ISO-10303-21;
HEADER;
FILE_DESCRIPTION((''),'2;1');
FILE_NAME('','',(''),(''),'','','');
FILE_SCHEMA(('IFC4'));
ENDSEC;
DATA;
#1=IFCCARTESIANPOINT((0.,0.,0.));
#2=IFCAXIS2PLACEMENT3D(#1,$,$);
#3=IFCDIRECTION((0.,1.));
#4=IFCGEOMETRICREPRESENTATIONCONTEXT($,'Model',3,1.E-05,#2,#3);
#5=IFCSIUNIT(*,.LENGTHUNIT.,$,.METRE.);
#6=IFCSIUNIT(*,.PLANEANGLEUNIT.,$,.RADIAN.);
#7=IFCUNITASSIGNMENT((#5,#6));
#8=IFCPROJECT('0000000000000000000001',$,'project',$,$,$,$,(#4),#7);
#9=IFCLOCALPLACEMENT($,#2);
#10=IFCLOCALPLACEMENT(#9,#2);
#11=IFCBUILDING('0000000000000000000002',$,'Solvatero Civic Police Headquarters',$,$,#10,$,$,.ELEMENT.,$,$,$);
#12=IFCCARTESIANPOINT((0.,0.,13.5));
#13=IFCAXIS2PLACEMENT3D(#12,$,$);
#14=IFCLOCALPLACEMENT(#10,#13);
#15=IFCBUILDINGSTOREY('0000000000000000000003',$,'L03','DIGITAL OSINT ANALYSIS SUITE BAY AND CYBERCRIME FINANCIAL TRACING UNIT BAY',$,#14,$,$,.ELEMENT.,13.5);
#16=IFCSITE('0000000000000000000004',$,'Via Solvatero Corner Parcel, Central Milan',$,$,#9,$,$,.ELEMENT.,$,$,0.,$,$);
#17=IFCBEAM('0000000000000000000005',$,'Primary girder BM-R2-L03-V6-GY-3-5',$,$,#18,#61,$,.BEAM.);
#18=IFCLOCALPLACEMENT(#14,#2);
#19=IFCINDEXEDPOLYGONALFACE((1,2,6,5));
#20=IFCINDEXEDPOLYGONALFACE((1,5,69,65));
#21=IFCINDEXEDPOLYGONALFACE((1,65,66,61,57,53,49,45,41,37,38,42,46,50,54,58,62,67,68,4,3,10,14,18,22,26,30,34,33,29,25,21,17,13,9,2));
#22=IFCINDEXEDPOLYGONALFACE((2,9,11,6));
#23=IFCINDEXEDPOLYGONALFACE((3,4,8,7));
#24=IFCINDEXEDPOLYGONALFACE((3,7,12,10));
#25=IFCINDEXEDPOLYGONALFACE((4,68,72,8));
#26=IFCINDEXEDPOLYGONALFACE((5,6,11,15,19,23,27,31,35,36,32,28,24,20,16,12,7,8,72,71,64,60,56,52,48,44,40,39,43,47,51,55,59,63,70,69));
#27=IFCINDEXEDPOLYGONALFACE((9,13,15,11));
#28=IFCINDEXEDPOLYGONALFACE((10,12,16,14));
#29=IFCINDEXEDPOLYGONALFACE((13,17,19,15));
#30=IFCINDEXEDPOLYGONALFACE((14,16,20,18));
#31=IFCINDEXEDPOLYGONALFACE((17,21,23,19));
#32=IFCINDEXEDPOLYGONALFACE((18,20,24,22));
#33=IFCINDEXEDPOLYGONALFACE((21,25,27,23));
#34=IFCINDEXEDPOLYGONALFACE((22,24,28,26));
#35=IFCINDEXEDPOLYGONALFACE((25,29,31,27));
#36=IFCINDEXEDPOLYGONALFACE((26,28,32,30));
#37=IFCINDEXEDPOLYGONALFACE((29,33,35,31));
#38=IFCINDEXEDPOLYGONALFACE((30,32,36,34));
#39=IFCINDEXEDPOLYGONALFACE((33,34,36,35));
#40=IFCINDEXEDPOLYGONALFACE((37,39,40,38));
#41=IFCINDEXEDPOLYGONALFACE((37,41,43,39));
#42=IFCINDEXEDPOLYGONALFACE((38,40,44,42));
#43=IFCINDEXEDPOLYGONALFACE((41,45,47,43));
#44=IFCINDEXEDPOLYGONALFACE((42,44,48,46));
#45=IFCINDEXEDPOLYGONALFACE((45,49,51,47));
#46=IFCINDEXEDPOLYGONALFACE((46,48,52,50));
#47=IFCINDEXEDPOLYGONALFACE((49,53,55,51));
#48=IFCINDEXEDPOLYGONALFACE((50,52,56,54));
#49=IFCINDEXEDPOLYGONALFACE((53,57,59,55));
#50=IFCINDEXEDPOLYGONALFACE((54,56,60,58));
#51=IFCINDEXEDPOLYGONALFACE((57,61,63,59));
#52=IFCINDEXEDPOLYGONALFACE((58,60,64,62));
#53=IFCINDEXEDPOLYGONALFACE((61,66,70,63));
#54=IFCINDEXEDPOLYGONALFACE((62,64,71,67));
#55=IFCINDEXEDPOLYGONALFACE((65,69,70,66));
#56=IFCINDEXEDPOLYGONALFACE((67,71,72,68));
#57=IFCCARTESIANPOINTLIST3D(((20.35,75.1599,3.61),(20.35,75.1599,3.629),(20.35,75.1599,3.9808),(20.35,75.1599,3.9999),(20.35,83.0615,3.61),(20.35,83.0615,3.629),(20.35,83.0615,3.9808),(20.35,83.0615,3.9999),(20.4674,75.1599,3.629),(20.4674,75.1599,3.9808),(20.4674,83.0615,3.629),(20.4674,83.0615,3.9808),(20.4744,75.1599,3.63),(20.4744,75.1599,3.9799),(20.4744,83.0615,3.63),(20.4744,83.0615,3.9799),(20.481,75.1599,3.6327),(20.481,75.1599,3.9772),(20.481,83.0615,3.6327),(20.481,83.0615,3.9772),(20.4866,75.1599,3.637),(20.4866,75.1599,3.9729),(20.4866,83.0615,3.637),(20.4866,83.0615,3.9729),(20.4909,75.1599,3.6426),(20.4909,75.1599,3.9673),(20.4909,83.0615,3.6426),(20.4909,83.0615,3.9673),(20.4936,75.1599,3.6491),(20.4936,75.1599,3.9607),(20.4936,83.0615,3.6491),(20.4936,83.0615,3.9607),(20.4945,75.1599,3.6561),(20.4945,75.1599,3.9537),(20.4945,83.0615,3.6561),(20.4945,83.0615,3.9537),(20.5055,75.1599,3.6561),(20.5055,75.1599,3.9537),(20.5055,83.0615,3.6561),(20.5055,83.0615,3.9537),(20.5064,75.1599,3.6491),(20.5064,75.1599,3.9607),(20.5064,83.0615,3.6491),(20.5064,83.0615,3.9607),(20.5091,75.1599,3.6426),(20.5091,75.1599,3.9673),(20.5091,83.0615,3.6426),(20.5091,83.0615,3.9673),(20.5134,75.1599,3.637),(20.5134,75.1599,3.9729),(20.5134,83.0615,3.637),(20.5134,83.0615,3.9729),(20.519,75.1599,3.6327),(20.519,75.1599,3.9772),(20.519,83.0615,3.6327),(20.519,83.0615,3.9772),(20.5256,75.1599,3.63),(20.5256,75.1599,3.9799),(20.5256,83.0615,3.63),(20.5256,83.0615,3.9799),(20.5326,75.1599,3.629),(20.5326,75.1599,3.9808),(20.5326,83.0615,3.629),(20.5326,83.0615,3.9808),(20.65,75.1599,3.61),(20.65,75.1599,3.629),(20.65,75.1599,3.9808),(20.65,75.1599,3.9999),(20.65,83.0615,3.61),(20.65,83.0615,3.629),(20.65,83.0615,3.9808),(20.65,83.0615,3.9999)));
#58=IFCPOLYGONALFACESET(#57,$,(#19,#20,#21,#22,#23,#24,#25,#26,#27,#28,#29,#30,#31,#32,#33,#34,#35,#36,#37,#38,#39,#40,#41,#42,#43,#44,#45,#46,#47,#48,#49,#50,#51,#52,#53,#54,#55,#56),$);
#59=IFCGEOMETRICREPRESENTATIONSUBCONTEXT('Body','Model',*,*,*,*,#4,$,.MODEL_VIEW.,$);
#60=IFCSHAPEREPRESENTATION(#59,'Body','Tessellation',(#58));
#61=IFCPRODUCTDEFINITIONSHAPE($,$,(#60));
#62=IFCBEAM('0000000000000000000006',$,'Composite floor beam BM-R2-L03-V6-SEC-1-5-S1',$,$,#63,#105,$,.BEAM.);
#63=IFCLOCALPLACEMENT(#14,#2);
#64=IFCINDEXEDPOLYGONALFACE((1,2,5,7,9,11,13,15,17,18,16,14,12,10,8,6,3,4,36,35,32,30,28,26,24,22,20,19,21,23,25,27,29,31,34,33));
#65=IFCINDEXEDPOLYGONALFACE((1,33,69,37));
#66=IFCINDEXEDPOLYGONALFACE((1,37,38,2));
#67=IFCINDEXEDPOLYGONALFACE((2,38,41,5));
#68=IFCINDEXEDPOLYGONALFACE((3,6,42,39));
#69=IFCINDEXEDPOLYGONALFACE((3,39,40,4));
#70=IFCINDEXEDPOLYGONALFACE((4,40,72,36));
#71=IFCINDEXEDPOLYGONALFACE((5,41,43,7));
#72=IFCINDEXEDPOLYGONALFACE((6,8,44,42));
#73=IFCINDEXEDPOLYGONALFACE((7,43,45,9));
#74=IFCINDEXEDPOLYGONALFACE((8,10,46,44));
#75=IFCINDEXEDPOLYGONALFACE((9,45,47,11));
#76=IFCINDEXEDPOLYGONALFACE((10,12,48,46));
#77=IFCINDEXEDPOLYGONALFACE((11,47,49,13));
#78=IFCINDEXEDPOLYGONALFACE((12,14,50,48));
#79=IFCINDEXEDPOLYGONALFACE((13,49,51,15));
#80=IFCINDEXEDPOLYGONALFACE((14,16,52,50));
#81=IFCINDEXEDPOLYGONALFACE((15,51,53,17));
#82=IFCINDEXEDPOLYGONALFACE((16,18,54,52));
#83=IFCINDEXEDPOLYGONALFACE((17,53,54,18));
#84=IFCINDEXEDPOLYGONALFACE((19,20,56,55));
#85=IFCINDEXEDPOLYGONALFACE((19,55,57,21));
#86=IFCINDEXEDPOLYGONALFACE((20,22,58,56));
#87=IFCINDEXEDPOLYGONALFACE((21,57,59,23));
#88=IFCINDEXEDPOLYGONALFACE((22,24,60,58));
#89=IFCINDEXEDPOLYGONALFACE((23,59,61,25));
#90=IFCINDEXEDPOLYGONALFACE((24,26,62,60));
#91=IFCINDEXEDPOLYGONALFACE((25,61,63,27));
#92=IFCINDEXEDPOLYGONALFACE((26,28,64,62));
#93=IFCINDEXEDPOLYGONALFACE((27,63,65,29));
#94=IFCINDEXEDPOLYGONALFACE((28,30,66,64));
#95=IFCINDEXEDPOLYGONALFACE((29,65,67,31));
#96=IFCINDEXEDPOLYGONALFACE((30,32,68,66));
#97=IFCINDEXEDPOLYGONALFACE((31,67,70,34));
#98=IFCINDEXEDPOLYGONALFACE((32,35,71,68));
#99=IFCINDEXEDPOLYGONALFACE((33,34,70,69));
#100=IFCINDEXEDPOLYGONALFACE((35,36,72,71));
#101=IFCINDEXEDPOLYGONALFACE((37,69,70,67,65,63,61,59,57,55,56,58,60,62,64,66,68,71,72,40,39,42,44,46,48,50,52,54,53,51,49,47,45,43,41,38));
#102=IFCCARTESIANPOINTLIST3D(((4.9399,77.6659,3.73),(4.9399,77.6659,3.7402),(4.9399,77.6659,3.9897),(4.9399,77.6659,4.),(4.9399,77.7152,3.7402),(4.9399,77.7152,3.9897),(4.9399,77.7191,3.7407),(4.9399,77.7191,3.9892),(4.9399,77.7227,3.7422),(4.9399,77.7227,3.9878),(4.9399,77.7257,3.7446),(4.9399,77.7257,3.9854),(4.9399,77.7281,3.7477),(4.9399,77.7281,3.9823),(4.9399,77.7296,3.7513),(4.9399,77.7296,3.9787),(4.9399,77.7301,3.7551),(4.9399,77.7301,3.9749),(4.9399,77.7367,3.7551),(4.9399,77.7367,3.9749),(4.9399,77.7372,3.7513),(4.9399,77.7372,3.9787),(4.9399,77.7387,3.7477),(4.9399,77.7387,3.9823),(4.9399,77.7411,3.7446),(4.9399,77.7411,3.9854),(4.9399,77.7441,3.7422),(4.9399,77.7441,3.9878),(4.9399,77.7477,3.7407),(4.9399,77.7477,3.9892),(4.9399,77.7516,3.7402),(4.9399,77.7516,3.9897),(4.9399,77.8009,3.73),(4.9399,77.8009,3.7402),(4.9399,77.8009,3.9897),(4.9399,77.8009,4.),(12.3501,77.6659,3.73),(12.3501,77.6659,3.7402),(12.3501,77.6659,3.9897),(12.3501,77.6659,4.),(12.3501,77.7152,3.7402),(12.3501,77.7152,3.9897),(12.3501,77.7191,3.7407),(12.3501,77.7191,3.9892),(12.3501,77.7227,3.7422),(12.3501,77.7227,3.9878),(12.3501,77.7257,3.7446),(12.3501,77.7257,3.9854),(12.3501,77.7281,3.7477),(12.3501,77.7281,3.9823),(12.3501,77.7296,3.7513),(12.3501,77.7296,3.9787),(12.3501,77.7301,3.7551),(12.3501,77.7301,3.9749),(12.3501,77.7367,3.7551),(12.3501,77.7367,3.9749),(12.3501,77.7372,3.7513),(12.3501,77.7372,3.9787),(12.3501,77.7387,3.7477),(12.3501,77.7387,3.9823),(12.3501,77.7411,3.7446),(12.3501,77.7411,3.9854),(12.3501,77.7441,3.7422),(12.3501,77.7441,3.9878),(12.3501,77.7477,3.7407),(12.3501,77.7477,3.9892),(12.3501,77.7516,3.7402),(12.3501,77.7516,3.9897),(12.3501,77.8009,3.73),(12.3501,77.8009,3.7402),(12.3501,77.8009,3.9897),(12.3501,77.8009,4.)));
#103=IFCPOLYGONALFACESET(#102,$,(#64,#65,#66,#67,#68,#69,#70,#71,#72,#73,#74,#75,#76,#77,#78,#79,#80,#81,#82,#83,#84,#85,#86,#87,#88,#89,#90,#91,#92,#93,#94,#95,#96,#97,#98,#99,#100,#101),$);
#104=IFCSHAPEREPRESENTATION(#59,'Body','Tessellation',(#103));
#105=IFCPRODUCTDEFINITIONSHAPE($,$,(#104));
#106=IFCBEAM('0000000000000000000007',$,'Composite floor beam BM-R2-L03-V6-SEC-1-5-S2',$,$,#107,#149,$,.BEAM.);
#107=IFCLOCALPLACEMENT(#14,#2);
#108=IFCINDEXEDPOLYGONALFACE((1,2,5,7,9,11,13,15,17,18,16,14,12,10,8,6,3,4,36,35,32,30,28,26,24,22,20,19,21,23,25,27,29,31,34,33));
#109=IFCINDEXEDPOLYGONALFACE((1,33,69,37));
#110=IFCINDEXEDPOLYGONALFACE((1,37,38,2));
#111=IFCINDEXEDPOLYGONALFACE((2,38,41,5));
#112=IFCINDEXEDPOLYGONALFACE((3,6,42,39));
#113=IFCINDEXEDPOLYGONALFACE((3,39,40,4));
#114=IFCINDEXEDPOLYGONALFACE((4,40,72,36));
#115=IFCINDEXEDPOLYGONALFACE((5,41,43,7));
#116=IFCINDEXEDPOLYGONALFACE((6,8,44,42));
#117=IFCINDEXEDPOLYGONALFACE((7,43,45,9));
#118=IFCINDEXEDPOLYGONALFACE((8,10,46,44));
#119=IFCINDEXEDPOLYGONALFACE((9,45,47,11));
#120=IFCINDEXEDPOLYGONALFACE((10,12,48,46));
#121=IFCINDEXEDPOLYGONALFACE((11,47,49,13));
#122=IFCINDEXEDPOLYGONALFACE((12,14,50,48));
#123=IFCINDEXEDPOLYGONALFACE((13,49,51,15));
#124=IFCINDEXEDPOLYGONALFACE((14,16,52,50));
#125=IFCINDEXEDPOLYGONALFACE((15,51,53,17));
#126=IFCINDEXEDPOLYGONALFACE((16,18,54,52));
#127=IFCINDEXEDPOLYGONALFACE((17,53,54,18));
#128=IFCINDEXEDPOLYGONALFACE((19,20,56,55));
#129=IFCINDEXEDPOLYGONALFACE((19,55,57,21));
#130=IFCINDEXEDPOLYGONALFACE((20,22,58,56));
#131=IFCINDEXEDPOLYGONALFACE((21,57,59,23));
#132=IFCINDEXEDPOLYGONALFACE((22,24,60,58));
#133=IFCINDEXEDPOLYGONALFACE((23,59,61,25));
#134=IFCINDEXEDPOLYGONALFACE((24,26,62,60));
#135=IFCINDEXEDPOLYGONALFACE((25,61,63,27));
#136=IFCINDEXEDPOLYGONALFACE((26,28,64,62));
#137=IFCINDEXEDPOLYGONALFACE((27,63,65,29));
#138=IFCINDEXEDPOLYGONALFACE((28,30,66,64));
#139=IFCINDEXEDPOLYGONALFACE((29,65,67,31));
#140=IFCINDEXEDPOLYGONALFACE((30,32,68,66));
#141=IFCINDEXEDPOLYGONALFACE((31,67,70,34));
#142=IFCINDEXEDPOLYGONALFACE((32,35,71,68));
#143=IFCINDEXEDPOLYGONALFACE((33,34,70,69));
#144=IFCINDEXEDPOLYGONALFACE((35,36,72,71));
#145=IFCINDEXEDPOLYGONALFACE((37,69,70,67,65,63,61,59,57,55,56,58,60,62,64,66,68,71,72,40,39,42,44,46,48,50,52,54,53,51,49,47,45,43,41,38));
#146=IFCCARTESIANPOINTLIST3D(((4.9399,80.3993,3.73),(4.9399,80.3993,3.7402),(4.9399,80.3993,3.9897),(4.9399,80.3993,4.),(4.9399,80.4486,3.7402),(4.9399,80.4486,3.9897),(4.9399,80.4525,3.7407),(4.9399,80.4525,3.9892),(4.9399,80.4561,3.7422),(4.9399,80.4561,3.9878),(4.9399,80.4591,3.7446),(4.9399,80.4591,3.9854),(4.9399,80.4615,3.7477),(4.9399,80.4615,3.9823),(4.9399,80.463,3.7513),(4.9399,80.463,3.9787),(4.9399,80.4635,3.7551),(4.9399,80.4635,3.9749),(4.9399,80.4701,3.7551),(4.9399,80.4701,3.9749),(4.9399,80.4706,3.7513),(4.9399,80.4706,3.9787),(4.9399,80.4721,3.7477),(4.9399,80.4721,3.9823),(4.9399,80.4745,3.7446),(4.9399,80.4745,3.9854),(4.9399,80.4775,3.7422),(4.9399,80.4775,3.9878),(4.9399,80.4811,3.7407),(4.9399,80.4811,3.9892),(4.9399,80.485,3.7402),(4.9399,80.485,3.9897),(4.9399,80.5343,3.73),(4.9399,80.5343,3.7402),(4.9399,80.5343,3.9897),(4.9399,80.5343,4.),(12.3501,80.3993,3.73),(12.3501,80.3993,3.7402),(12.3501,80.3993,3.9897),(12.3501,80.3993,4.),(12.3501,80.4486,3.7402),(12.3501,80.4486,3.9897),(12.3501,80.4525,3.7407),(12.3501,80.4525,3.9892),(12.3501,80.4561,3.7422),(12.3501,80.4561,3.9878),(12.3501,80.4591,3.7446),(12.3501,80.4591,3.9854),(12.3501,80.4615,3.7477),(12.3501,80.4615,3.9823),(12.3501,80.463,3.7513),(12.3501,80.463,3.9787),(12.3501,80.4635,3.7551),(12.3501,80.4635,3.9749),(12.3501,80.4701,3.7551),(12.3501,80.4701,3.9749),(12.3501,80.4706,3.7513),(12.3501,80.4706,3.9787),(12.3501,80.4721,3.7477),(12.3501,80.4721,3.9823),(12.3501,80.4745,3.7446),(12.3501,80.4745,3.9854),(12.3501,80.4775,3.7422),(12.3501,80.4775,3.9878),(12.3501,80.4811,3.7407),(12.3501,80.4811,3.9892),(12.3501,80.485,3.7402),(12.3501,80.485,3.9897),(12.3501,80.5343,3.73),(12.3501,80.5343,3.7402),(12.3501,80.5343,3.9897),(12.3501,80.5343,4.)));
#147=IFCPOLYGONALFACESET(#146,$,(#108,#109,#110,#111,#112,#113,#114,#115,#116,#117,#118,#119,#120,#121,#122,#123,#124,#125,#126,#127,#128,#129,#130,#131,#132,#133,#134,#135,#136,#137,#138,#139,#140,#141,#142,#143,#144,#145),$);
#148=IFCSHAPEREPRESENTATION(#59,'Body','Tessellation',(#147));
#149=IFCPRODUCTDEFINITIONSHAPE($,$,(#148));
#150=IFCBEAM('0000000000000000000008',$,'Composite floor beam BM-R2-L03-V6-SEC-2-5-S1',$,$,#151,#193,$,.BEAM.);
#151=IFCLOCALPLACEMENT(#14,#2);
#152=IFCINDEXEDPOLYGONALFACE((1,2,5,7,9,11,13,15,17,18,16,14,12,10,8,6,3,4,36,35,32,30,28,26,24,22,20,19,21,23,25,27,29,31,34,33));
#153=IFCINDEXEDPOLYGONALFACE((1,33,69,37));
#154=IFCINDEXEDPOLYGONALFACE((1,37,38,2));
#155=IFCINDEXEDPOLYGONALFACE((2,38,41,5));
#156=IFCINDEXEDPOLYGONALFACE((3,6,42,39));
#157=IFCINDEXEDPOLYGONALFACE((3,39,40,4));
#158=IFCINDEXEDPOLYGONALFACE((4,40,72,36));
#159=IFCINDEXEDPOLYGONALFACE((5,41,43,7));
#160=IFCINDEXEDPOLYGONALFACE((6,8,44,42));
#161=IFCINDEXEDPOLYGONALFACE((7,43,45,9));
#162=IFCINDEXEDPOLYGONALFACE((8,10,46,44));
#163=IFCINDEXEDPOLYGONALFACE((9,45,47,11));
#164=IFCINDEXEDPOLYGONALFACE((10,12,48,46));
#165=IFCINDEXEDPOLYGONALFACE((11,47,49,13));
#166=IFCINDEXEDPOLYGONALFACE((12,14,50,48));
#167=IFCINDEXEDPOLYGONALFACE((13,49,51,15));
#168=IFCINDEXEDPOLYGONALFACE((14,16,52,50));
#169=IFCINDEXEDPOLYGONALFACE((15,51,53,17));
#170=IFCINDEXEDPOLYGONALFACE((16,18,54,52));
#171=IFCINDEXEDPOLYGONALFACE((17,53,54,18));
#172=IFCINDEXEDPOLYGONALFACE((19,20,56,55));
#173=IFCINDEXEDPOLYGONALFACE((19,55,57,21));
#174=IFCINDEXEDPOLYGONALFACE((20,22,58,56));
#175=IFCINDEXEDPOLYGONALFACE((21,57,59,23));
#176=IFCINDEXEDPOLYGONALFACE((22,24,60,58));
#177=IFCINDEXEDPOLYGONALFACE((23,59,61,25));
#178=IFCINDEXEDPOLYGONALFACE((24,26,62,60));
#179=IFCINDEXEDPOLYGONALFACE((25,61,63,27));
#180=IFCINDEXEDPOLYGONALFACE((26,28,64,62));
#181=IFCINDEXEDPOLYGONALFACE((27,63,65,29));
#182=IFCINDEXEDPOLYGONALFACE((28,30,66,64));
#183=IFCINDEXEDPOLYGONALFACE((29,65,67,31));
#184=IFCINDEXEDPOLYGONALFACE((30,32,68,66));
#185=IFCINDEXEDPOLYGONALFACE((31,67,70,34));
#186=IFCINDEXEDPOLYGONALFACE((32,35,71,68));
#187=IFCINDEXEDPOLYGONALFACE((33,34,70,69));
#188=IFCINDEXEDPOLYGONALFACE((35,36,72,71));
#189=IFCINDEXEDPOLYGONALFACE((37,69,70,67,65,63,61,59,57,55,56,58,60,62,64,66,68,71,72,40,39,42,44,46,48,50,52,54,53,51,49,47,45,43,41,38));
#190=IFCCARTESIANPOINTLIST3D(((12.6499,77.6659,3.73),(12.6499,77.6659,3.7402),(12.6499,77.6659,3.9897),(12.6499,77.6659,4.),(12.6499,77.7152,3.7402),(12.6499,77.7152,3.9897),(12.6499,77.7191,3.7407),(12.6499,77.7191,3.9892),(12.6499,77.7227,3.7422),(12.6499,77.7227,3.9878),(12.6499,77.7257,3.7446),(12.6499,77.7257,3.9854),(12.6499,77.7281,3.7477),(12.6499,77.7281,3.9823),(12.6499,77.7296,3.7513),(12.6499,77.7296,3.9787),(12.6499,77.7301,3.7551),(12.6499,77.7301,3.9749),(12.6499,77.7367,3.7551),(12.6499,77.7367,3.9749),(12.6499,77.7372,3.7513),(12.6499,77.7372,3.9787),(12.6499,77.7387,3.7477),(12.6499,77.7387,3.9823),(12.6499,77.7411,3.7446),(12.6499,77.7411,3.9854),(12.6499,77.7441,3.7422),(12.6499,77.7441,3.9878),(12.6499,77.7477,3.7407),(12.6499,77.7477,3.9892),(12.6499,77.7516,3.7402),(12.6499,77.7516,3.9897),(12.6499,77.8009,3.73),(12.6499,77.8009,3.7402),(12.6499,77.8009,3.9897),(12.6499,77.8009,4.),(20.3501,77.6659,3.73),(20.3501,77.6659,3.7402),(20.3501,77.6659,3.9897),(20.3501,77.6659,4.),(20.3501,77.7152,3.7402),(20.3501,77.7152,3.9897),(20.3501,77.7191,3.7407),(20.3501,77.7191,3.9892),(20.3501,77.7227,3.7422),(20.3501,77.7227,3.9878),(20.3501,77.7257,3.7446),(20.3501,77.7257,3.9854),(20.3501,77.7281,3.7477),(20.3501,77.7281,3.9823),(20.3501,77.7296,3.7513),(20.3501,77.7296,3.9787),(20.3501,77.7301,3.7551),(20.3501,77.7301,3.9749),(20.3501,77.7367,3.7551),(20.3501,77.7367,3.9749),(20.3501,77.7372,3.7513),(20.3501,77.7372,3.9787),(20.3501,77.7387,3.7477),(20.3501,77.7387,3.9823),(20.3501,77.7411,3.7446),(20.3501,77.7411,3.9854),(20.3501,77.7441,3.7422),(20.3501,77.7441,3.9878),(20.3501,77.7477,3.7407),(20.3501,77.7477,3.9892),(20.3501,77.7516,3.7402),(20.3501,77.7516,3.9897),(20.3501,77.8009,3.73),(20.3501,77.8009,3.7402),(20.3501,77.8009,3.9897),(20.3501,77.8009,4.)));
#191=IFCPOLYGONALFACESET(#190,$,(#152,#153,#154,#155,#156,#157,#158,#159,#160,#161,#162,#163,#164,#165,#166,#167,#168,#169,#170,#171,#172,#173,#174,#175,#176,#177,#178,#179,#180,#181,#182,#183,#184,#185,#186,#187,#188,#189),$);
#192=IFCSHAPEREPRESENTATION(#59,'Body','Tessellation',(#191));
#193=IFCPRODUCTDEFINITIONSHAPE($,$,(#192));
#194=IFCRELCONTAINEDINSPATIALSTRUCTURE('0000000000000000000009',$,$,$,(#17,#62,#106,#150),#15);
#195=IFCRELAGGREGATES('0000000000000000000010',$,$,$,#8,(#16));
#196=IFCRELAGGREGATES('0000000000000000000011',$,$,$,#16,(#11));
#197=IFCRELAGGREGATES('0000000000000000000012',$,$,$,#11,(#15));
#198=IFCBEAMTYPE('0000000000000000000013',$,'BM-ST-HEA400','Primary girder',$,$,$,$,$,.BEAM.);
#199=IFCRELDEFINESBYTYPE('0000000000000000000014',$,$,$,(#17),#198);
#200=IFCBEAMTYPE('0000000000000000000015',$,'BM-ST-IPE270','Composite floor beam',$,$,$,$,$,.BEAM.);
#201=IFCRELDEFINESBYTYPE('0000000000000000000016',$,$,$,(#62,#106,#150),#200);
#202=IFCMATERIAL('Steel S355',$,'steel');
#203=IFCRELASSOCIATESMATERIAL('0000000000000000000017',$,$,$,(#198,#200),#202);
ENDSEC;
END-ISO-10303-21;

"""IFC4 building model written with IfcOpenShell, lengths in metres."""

from ifc_helpers import new_model, si_unit, direction, frame, origin, origin_2d, place, context, subcontext, project, spatial, i_section, extrude, material, material_profile, profile_set, type_object, element, save


model = new_model("IFC4")

# Units and contexts
model_context = context("Model", 3, precision=1e-05, world=origin(), true_north=direction((0.0, 1.0)))
body_context = subcontext(model_context, "Body", "Model", "MODEL_VIEW")
ifc_project = project(units=[si_unit("LENGTHUNIT", "METRE"), si_unit("PLANEANGLEUNIT", "RADIAN")], contexts=[model_context])

# Site, building, storey
site_placement = place(None, origin())
site = spatial("IfcSite", under=ifc_project, at=site_placement, Name="Via Solvatero Corner Parcel, Central Milan", CompositionType="ELEMENT", RefElevation=0.0)
building_placement = place(site_placement, origin())
building = spatial("IfcBuilding", under=site, at=building_placement, Name="Solvatero Civic Police Headquarters", CompositionType="ELEMENT")
storey_placement = place(building_placement, frame((0.0, 0.0, 13.5)))
storey = spatial("IfcBuildingStorey", under=building, at=storey_placement, Name="L03", Description="DIGITAL OSINT ANALYSIS SUITE BAY AND CYBERCRIME FINANCIAL TRACING UNIT BAY", CompositionType="ELEMENT", Elevation=13.5)

# Shared definitions
ifc_material_1 = material(Name="Steel S355", Category="steel")

# Beams
ifc_material_profile_1 = material_profile(ifc_material_1, i_section(OverallWidth=0.3, OverallDepth=0.3899, WebThickness=0.011, FlangeThickness=0.019, FilletRadius=0.0271, at=origin_2d()), Name="HEA 400")
ifc_profile_set_1 = profile_set([ifc_material_profile_1], Name="Steel S355")
beam_type_1 = type_object("IfcBeamType", Name="BM-ST-HEA400", Description="Primary girder", PredefinedType="BEAM", material=ifc_profile_set_1)
for number, where, z_axis, x_axis, name in (
    (1, (20.5, 75.1599, 3.8049), (0.0, 1.0, 0.0), (-1.0, 0.0, 0.0), "Primary girder BM-R2-L03-V6-GY-3-5"),
):
    element("IfcBeam", number, at=place(storey_placement, frame(where, z_axis=z_axis, x_axis=x_axis)), inside=storey, type_object=beam_type_1, Name=name, PredefinedType="BEAM", context=body_context, shape_type="SweptSolid", body=[
        extrude(i_section(OverallWidth=0.3, OverallDepth=0.3899, WebThickness=0.011, FlangeThickness=0.019, FilletRadius=0.0271, at=origin_2d()), origin(), (0.0, 0.0, 1.0), 7.9016),
    ])
ifc_material_profile_2 = material_profile(ifc_material_1, i_section(OverallWidth=0.135, OverallDepth=0.27, WebThickness=0.0066, FlangeThickness=0.0103, FilletRadius=0.0149, at=origin_2d()), Name="IPE 270")
ifc_profile_set_2 = profile_set([ifc_material_profile_2], Name="Steel S355")
beam_type_2 = type_object("IfcBeamType", Name="BM-ST-IPE270", Description="Composite floor beam", PredefinedType="BEAM", material=ifc_profile_set_2)
for number, where, z_axis, x_axis, name in (
    (2, (4.9399, 77.7334, 3.865), (1.0, 0.0, 0.0), (0.0, 1.0, 0.0), "Composite floor beam BM-R2-L03-V6-SEC-1-5-S1"),
    (3, (4.9399, 80.4668, 3.865), (1.0, 0.0, 0.0), (0.0, 1.0, 0.0), "Composite floor beam BM-R2-L03-V6-SEC-1-5-S2"),
):
    element("IfcBeam", number, at=place(storey_placement, frame(where, z_axis=z_axis, x_axis=x_axis)), inside=storey, type_object=beam_type_2, Name=name, PredefinedType="BEAM", context=body_context, shape_type="SweptSolid", body=[
        extrude(i_section(OverallWidth=0.135, OverallDepth=0.27, WebThickness=0.0066, FlangeThickness=0.0103, FilletRadius=0.0149, at=origin_2d()), origin(), (0.0, 0.0, 1.0), 7.4102),
    ])
for number, where, z_axis, x_axis, name in (
    (4, (12.6499, 77.7334, 3.865), (1.0, 0.0, 0.0), (0.0, 1.0, 0.0), "Composite floor beam BM-R2-L03-V6-SEC-2-5-S1"),
):
    element("IfcBeam", number, at=place(storey_placement, frame(where, z_axis=z_axis, x_axis=x_axis)), inside=storey, type_object=beam_type_2, Name=name, PredefinedType="BEAM", context=body_context, shape_type="SweptSolid", body=[
        extrude(i_section(OverallWidth=0.135, OverallDepth=0.27, WebThickness=0.0066, FlangeThickness=0.0103, FilletRadius=0.0149, at=origin_2d()), origin(), (0.0, 0.0, 1.0), 7.7002),
    ])

save(model, "model.ifc")
